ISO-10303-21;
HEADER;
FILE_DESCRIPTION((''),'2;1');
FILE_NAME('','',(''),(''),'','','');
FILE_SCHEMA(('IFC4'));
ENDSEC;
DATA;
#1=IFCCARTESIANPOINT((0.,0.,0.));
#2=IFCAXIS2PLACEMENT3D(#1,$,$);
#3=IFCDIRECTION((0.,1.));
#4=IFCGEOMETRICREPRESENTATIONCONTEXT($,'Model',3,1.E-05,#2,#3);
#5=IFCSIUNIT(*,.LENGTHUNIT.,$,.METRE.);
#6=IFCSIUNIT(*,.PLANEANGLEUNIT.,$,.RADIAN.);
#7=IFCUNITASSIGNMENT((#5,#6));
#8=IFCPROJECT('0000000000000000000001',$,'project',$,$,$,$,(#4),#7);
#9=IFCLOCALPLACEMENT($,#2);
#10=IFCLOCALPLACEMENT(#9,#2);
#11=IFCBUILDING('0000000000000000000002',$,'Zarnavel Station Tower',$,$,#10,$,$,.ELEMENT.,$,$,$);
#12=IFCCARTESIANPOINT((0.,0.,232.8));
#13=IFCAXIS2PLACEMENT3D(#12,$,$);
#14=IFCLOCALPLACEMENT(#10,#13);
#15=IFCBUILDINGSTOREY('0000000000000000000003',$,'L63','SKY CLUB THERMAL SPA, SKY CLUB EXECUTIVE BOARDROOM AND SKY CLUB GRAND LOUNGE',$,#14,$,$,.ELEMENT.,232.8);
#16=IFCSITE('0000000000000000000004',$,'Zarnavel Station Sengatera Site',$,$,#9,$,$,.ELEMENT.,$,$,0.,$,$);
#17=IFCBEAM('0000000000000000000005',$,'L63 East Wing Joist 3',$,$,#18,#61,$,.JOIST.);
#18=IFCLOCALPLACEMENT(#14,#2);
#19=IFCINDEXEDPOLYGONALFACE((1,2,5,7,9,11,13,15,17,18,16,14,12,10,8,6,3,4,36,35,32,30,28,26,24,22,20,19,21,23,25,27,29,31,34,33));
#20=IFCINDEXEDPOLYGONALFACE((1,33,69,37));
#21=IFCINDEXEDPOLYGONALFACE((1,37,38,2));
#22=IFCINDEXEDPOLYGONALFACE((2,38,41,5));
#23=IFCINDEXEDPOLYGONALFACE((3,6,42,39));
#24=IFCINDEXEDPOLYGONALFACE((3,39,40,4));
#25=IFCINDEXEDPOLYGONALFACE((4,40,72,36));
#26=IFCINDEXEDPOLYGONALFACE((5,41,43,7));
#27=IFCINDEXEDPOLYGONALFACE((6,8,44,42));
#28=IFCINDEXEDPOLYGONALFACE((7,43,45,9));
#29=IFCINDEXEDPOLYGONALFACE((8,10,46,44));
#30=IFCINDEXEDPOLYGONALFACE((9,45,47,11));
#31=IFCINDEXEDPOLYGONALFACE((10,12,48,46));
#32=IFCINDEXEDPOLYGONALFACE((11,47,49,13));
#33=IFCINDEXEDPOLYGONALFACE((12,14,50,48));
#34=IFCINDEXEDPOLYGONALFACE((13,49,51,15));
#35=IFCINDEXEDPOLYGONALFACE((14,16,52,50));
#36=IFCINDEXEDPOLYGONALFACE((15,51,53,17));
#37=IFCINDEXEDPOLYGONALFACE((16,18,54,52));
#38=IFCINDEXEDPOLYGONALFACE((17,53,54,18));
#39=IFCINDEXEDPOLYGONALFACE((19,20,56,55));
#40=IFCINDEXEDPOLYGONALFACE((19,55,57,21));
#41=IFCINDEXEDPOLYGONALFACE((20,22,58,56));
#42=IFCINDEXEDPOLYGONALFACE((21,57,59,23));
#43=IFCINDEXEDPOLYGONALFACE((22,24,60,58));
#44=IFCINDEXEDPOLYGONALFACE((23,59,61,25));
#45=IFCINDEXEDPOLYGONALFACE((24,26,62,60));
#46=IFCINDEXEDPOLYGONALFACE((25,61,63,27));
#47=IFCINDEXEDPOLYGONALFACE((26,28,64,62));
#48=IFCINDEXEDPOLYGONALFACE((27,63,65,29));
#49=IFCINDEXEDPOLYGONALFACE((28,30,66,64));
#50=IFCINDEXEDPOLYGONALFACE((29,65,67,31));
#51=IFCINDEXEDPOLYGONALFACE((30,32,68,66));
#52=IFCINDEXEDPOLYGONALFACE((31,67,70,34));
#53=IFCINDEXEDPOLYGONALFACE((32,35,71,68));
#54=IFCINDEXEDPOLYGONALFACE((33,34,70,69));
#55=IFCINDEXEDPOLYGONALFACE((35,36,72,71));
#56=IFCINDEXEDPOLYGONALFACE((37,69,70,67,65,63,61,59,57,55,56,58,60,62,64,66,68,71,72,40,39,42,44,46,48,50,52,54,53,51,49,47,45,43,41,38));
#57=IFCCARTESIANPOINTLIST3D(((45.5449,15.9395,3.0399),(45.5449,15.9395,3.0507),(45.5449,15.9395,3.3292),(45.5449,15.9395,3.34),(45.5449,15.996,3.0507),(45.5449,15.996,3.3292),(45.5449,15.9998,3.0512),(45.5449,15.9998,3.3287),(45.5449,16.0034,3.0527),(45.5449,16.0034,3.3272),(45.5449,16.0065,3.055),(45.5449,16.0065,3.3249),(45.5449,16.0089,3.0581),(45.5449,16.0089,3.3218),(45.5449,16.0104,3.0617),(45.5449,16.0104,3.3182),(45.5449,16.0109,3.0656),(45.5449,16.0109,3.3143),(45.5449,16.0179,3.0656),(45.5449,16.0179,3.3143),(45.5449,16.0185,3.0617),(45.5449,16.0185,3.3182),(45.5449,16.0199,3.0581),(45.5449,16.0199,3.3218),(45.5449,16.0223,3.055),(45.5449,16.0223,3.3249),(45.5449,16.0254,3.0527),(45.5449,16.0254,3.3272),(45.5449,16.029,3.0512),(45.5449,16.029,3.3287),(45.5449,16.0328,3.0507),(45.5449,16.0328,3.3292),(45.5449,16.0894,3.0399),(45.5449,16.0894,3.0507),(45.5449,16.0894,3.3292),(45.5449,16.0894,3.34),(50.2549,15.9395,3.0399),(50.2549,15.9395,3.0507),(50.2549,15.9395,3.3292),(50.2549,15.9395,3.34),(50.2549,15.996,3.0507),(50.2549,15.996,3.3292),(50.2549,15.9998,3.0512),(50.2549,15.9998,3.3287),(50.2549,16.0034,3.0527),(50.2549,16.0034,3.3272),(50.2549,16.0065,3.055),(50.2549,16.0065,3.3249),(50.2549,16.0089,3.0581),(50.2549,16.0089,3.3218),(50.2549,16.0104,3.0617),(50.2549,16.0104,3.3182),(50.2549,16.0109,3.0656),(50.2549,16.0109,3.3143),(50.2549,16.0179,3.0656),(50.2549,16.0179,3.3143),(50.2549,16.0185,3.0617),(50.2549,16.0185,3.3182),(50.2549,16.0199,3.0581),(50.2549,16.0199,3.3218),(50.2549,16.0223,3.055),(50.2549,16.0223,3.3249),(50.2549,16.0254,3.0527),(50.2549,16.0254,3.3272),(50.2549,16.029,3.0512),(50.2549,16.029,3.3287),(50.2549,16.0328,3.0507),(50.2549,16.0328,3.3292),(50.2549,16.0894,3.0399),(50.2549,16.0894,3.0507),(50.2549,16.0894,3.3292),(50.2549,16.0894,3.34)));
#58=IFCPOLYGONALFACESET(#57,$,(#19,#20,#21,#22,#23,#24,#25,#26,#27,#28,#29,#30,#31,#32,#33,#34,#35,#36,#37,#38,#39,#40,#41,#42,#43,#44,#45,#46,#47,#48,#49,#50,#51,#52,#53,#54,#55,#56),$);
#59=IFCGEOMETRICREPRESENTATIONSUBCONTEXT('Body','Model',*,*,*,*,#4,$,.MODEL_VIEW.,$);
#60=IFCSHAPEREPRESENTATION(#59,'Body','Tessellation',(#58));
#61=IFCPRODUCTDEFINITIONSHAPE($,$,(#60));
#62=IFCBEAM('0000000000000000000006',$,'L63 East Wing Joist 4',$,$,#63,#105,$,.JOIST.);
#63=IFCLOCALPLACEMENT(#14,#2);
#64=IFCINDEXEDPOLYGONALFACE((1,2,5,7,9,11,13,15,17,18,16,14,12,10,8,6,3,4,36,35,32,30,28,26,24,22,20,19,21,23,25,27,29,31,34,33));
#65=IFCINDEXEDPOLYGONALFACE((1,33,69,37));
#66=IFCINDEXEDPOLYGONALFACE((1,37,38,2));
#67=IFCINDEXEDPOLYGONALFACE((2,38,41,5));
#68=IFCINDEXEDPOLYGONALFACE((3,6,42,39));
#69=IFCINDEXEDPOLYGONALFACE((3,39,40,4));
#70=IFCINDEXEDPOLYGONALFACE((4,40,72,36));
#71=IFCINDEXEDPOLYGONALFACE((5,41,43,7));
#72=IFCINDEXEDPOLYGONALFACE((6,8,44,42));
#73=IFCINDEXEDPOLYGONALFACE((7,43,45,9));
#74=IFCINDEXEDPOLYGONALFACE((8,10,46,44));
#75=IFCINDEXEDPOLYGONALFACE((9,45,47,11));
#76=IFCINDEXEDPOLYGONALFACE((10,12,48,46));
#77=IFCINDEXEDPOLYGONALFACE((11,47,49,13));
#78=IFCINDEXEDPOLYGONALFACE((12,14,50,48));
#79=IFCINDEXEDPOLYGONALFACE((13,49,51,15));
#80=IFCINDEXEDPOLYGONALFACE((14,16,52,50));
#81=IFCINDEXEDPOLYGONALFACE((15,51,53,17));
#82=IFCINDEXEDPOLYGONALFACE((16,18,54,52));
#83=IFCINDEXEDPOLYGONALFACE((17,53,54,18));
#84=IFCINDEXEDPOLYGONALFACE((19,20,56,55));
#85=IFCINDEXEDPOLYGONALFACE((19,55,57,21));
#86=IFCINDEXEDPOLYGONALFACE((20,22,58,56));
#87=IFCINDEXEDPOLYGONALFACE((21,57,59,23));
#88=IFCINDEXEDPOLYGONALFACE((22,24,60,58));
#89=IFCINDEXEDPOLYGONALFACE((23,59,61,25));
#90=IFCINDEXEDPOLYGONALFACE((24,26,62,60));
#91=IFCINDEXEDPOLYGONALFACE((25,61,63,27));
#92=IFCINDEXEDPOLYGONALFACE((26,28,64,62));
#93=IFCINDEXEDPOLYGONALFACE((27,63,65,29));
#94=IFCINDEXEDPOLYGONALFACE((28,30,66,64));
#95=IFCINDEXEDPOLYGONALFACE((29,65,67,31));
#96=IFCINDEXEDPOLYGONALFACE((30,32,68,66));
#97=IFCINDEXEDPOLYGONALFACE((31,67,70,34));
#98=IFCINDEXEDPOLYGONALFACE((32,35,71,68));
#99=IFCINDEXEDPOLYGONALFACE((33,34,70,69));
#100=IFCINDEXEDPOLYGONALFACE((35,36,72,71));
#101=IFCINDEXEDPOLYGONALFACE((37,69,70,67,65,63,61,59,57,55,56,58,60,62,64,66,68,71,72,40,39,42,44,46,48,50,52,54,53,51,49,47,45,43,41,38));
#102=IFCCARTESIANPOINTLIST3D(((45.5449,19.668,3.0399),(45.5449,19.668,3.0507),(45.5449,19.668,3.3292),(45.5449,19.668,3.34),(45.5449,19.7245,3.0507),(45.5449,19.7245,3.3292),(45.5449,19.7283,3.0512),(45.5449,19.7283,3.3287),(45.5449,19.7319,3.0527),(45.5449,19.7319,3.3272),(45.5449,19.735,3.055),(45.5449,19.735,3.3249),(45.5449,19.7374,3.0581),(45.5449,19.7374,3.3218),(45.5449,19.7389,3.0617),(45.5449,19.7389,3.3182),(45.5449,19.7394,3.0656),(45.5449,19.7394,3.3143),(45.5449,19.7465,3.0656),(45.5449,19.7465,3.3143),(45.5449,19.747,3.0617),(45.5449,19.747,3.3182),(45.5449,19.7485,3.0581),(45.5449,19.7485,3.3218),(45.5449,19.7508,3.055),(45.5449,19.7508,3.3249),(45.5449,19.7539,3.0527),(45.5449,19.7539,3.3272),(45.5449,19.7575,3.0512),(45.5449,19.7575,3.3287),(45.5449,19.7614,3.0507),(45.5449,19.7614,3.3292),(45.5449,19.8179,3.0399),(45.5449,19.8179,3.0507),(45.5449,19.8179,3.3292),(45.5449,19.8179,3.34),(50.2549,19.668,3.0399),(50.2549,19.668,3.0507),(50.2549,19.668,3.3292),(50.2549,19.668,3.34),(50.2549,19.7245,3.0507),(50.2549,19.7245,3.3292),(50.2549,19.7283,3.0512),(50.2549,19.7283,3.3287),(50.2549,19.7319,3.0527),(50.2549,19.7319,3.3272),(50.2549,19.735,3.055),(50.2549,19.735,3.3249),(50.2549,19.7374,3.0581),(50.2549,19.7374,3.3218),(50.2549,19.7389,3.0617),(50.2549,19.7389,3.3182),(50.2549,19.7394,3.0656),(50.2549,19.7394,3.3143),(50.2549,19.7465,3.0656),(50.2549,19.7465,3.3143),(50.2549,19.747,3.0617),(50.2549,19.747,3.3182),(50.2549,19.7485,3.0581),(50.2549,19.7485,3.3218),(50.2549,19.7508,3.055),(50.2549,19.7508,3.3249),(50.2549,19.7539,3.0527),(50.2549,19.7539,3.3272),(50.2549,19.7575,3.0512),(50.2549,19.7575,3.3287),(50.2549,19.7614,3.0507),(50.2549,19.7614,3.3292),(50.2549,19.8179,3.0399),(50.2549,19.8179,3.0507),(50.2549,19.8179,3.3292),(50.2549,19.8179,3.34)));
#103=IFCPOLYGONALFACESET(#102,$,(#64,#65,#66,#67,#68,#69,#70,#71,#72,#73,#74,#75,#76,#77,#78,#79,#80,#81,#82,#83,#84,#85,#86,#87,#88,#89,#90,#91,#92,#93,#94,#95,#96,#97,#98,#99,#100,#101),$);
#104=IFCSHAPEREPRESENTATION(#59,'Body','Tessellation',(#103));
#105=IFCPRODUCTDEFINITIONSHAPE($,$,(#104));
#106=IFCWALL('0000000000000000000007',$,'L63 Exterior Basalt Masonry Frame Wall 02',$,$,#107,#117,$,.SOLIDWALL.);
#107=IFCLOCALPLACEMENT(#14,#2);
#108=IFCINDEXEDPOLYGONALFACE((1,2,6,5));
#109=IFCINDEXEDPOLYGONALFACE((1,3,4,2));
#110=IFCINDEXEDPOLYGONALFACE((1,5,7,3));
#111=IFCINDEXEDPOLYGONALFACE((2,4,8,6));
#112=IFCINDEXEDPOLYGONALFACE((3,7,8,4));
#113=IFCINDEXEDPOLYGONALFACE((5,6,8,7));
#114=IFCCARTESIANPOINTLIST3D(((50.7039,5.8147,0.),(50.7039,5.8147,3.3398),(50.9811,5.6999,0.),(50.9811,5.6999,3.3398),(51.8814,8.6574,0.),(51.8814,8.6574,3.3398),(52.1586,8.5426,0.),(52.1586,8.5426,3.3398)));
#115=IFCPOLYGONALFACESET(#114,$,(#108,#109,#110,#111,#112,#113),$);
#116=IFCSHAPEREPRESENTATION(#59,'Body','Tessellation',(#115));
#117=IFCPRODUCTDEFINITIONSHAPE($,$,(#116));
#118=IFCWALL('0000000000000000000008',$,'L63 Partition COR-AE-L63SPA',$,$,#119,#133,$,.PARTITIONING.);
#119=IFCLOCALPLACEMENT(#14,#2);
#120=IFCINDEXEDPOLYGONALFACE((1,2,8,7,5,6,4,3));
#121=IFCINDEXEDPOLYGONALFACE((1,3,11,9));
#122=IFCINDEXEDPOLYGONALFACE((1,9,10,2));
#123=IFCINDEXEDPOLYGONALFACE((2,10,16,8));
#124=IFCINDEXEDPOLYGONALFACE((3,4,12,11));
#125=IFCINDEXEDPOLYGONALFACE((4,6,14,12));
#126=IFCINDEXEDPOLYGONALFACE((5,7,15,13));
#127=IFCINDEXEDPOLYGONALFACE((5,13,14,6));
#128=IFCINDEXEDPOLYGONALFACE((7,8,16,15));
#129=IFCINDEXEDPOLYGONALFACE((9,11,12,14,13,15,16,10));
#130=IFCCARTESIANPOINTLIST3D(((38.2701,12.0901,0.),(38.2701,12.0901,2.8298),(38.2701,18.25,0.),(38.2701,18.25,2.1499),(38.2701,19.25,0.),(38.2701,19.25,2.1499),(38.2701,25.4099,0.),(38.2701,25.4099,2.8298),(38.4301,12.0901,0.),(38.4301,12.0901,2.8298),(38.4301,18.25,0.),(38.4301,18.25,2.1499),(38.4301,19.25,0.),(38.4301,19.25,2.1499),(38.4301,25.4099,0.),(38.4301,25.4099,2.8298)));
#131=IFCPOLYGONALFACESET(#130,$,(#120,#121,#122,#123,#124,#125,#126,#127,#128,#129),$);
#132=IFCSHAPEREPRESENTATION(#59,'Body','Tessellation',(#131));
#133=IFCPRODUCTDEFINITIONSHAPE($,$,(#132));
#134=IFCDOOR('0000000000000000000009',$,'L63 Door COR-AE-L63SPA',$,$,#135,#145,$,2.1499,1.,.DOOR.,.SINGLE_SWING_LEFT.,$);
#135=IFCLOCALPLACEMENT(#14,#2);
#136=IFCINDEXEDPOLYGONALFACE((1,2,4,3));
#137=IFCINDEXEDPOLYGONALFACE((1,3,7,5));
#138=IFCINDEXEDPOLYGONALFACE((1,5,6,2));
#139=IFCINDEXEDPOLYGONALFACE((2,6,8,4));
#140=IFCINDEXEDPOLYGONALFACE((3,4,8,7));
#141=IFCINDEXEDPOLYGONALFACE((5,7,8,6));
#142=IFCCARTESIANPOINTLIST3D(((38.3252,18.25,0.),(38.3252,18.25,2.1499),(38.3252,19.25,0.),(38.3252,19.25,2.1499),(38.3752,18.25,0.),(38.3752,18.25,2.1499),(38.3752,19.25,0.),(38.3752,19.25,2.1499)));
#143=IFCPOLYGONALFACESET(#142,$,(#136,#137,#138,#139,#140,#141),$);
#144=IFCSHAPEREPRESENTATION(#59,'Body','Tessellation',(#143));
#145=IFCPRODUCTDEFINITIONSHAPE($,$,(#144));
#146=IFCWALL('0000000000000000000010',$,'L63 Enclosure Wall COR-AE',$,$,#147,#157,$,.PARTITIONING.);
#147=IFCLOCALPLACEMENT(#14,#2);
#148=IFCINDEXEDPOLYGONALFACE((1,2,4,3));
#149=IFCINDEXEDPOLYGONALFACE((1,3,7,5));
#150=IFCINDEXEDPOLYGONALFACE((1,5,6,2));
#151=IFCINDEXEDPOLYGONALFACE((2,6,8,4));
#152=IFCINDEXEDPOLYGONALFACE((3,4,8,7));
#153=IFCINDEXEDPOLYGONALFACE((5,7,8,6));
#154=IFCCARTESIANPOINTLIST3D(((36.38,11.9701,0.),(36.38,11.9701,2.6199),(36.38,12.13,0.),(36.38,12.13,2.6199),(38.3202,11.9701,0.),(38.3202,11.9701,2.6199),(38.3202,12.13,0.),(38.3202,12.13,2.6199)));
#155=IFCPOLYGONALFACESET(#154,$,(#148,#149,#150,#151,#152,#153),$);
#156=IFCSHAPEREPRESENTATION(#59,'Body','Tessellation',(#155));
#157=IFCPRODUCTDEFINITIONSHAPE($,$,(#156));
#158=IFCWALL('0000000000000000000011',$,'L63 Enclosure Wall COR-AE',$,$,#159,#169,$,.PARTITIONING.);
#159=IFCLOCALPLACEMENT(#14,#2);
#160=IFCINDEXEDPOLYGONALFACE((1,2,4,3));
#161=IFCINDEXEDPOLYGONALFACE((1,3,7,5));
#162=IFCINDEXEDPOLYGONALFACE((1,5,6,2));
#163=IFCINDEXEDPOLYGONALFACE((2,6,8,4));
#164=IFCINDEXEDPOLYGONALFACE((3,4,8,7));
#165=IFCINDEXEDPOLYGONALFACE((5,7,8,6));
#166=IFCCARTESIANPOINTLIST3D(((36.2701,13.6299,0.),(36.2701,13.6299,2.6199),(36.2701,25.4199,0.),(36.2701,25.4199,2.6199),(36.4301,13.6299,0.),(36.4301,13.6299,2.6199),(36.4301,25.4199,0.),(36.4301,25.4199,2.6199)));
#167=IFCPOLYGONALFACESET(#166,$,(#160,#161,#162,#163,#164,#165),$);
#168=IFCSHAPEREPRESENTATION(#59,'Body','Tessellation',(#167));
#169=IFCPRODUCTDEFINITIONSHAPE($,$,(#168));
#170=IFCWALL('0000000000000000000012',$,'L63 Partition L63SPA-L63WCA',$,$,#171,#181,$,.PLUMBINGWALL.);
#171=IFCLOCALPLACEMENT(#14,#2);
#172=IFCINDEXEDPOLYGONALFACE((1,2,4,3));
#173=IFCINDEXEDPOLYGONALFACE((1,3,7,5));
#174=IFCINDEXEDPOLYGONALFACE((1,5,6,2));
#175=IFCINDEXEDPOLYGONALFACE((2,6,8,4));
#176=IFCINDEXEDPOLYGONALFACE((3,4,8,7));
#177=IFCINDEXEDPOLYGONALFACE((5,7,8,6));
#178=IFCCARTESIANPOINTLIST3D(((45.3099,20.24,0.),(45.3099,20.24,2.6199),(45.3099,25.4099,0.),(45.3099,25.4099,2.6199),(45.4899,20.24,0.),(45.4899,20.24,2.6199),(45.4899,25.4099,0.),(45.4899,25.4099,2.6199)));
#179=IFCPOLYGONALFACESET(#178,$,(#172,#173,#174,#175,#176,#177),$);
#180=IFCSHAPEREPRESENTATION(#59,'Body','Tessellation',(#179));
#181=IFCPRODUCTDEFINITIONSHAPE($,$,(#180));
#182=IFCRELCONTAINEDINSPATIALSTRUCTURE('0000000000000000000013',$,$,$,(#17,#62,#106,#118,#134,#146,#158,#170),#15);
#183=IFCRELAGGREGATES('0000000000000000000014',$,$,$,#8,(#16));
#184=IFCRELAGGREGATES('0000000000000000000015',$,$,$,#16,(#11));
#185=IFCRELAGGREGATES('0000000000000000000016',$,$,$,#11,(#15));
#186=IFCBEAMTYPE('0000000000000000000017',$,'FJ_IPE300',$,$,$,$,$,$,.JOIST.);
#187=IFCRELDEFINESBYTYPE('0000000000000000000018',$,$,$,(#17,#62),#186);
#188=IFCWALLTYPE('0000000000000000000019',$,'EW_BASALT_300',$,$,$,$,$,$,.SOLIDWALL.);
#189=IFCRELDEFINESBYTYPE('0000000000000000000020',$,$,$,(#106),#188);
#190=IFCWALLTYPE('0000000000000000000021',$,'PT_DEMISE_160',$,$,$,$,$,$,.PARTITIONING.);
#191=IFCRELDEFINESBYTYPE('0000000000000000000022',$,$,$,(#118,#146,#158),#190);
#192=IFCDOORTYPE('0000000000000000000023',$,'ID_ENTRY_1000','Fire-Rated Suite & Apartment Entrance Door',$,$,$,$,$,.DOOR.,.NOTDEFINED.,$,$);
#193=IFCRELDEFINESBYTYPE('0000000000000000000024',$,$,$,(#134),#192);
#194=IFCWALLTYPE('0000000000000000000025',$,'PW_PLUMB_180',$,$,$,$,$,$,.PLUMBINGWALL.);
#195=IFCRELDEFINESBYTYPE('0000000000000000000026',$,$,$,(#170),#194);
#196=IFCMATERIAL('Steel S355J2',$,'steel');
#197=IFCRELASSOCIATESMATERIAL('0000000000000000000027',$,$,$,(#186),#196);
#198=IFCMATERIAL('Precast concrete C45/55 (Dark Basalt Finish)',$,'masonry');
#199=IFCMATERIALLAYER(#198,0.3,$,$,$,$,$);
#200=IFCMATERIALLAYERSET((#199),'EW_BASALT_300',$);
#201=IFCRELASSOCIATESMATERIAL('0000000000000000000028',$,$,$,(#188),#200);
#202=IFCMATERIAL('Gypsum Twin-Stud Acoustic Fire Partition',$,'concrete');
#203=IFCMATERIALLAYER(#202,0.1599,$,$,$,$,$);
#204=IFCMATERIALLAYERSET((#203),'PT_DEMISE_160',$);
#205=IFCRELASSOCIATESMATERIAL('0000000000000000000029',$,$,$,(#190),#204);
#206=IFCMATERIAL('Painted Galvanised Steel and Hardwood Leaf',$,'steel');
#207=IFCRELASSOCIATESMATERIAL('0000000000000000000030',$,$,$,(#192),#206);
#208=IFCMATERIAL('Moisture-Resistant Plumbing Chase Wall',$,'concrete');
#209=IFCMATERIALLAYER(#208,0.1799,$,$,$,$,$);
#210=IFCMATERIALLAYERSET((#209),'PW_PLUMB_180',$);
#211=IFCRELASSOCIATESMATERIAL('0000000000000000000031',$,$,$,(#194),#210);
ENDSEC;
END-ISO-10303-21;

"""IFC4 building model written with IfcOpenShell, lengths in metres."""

from ifc_helpers import new_model, si_unit, direction, frame, frame_2d, origin, origin_2d, place, context, subcontext, project, spatial, rectangle, i_section, extrude, material, layer, layer_set, material_profile, profile_set, type_object, element, fill, save


model = new_model("IFC4")

# Units and contexts
model_context = context("Model", 3, precision=1e-05, world=origin(), true_north=direction((0.0, 1.0)))
body_context = subcontext(model_context, "Body", "Model", "MODEL_VIEW")
ifc_project = project(units=[si_unit("LENGTHUNIT", "METRE"), si_unit("PLANEANGLEUNIT", "RADIAN")], contexts=[model_context])

# Site, building, storey
site_placement = place(None, origin())
site = spatial("IfcSite", under=ifc_project, at=site_placement, Name="Zarnavel Station Sengatera Site", CompositionType="ELEMENT", RefElevation=0.0)
building_placement = place(site_placement, origin())
building = spatial("IfcBuilding", under=site, at=building_placement, Name="Zarnavel Station Tower", CompositionType="ELEMENT")
storey_placement = place(building_placement, frame((0.0, 0.0, 232.8)))
storey = spatial("IfcBuildingStorey", under=building, at=storey_placement, Name="L63", Description="SKY CLUB THERMAL SPA, SKY CLUB EXECUTIVE BOARDROOM AND SKY CLUB GRAND LOUNGE", CompositionType="ELEMENT", Elevation=232.8)

# Beams
ifc_material_1 = material(Name="Steel S355J2", Category="steel")
ifc_material_profile_1 = material_profile(ifc_material_1, i_section(OverallWidth=0.1499, OverallDepth=0.3, WebThickness=0.0071, FlangeThickness=0.0107, FilletRadius=0.0149, at=origin_2d()), Name="IPE300")
ifc_profile_set_1 = profile_set([ifc_material_profile_1], Name="Steel S355J2")
beam_type_1 = type_object("IfcBeamType", Name="FJ_IPE300", PredefinedType="JOIST", material=ifc_profile_set_1)
for number, where, z_axis, x_axis, name in (
    (1, (45.5449, 16.0144, 3.1899), (1.0, 0.0, 0.0), (0.0, 1.0, 0.0), "L63 East Wing Joist 3"),
    (2, (45.5449, 19.7429, 3.1899), (1.0, 0.0, 0.0), (0.0, 1.0, 0.0), "L63 East Wing Joist 4"),
):
    element("IfcBeam", number, at=place(storey_placement, frame(where, z_axis=z_axis, x_axis=x_axis)), inside=storey, type_object=beam_type_1, Name=name, PredefinedType="JOIST", context=body_context, shape_type="SweptSolid", body=[
        extrude(i_section(OverallWidth=0.1499, OverallDepth=0.3, WebThickness=0.0071, FlangeThickness=0.0107, FilletRadius=0.0149, at=origin_2d()), origin(), (0.0, 0.0, 1.0), 4.71),
    ])

# Wall
ifc_material_2 = material(Name="Precast concrete C45/55 (Dark Basalt Finish)", Category="masonry")
ifc_layer_1 = layer(ifc_material_2, 0.3)
ifc_layer_set_1 = layer_set([ifc_layer_1], Name="EW_BASALT_300")
wall_type_1 = type_object("IfcWallType", Name="EW_BASALT_300", PredefinedType="SOLIDWALL", material=ifc_layer_set_1)
wall_1_placement = place(storey_placement, frame((52.02, 8.6001, 0.0), z_axis=(0.0, 0.0, 1.0), x_axis=(-0.382676, -0.923882, 0.0)))
element("IfcWall", 3, at=wall_1_placement, inside=storey, type_object=wall_type_1, Name="L63 Exterior Basalt Masonry Frame Wall 02", PredefinedType="SOLIDWALL", context=body_context, shape_type="SweptSolid", body=[
    extrude(rectangle(XDim=3.0769, YDim=0.3, at=frame_2d((1.5386, 0.0))), origin(), (0.0, 0.0, 1.0), 3.3398),
])

# Wall, opening, door
ifc_material_3 = material(Name="Gypsum Twin-Stud Acoustic Fire Partition", Category="concrete")
ifc_layer_2 = layer(ifc_material_3, 0.1599)
ifc_layer_set_2 = layer_set([ifc_layer_2], Name="PT_DEMISE_160")
wall_type_2 = type_object("IfcWallType", Name="PT_DEMISE_160", PredefinedType="PARTITIONING", material=ifc_layer_set_2)
wall_2_placement = place(storey_placement, frame((38.3501, 12.0901, 0.0), z_axis=(0.0, 0.0, 1.0), x_axis=(0.0, 1.0, 0.0)))
wall_2 = element("IfcWall", 4, at=wall_2_placement, inside=storey, type_object=wall_type_2, Name="L63 Partition COR-AE-L63SPA", PredefinedType="PARTITIONING", context=body_context, shape_type="SweptSolid", body=[
    extrude(rectangle(XDim=13.3198, YDim=0.1599, at=frame_2d((6.6599, 0.0))), origin(), (0.0, 0.0, 1.0), 2.8298),
])
opening_1_placement = place(wall_2_placement, frame((6.1599, 0.0, 0.0)))
opening_1 = element("IfcOpeningElement", 5, at=opening_1_placement, cuts=wall_2, PredefinedType="OPENING", context=body_context, shape_type="SweptSolid", body=[
    extrude(rectangle(XDim=1.0, YDim=2.1499, at=frame_2d((0.5, 1.075))), frame((0.0, 0.0898, 0.0), z_axis=(0.0, -1.0, 0.0), x_axis=(1.0, 0.0, 0.0)), (0.0, 0.0, 1.0), 0.1799),
])
ifc_material_4 = material(Name="Painted Galvanised Steel and Hardwood Leaf", Category="steel")
door_type = type_object("IfcDoorType", Name="ID_ENTRY_1000", Description="Fire-Rated Suite & Apartment Entrance Door", OperationType="NOTDEFINED", PredefinedType="DOOR", material=ifc_material_4)
door_1_placement = place(opening_1_placement, origin())
door_1 = element("IfcDoor", 6, at=door_1_placement, inside=storey, type_object=door_type, Name="L63 Door COR-AE-L63SPA", OperationType="SINGLE_SWING_LEFT", OverallHeight=2.1499, OverallWidth=1.0, PredefinedType="DOOR", context=body_context, shape_type="SweptSolid", body=[
    extrude(rectangle(XDim=1.0, YDim=2.1499, at=frame_2d((0.5, 1.075))), frame((0.0, 0.0249, 0.0), z_axis=(0.0, -1.0, 0.0), x_axis=(1.0, 0.0, 0.0)), (0.0, 0.0, 1.0), 0.05),
])
fill(opening_1, door_1)

# Walls
wall_3_placement = place(storey_placement, frame((36.3799, 12.05, 0.0), z_axis=(0.0, 0.0, 1.0), x_axis=(1.0, 0.0, 0.0)))
element("IfcWall", 7, at=wall_3_placement, inside=storey, type_object=wall_type_2, Name="L63 Enclosure Wall COR-AE", PredefinedType="PARTITIONING", context=body_context, shape_type="SweptSolid", body=[
    extrude(rectangle(XDim=1.9402, YDim=0.1599, at=frame_2d((0.9702, 0.0))), origin(), (0.0, 0.0, 1.0), 2.6199),
])
wall_4_placement = place(storey_placement, frame((36.3501, 13.6299, 0.0), z_axis=(0.0, 0.0, 1.0), x_axis=(0.0, 1.0, 0.0)))
element("IfcWall", 8, at=wall_4_placement, inside=storey, type_object=wall_type_2, Name="L63 Enclosure Wall COR-AE", PredefinedType="PARTITIONING", context=body_context, shape_type="SweptSolid", body=[
    extrude(rectangle(XDim=11.79, YDim=0.1599, at=frame_2d((5.895, 0.0))), origin(), (0.0, 0.0, 1.0), 2.6199),
])
ifc_material_5 = material(Name="Moisture-Resistant Plumbing Chase Wall", Category="concrete")
ifc_layer_3 = layer(ifc_material_5, 0.1799)
ifc_layer_set_3 = layer_set([ifc_layer_3], Name="PW_PLUMB_180")
wall_type_3 = type_object("IfcWallType", Name="PW_PLUMB_180", PredefinedType="PLUMBINGWALL", material=ifc_layer_set_3)
wall_5_placement = place(storey_placement, frame((45.3999, 20.24, 0.0), z_axis=(0.0, 0.0, 1.0), x_axis=(0.0, 1.0, 0.0)))
element("IfcWall", 9, at=wall_5_placement, inside=storey, type_object=wall_type_3, Name="L63 Partition L63SPA-L63WCA", PredefinedType="PLUMBINGWALL", context=body_context, shape_type="SweptSolid", body=[
    extrude(rectangle(XDim=5.1699, YDim=0.1799, at=frame_2d((2.585, 0.0))), origin(), (0.0, 0.0, 1.0), 2.6199),
])

save(model, "model.ifc")
